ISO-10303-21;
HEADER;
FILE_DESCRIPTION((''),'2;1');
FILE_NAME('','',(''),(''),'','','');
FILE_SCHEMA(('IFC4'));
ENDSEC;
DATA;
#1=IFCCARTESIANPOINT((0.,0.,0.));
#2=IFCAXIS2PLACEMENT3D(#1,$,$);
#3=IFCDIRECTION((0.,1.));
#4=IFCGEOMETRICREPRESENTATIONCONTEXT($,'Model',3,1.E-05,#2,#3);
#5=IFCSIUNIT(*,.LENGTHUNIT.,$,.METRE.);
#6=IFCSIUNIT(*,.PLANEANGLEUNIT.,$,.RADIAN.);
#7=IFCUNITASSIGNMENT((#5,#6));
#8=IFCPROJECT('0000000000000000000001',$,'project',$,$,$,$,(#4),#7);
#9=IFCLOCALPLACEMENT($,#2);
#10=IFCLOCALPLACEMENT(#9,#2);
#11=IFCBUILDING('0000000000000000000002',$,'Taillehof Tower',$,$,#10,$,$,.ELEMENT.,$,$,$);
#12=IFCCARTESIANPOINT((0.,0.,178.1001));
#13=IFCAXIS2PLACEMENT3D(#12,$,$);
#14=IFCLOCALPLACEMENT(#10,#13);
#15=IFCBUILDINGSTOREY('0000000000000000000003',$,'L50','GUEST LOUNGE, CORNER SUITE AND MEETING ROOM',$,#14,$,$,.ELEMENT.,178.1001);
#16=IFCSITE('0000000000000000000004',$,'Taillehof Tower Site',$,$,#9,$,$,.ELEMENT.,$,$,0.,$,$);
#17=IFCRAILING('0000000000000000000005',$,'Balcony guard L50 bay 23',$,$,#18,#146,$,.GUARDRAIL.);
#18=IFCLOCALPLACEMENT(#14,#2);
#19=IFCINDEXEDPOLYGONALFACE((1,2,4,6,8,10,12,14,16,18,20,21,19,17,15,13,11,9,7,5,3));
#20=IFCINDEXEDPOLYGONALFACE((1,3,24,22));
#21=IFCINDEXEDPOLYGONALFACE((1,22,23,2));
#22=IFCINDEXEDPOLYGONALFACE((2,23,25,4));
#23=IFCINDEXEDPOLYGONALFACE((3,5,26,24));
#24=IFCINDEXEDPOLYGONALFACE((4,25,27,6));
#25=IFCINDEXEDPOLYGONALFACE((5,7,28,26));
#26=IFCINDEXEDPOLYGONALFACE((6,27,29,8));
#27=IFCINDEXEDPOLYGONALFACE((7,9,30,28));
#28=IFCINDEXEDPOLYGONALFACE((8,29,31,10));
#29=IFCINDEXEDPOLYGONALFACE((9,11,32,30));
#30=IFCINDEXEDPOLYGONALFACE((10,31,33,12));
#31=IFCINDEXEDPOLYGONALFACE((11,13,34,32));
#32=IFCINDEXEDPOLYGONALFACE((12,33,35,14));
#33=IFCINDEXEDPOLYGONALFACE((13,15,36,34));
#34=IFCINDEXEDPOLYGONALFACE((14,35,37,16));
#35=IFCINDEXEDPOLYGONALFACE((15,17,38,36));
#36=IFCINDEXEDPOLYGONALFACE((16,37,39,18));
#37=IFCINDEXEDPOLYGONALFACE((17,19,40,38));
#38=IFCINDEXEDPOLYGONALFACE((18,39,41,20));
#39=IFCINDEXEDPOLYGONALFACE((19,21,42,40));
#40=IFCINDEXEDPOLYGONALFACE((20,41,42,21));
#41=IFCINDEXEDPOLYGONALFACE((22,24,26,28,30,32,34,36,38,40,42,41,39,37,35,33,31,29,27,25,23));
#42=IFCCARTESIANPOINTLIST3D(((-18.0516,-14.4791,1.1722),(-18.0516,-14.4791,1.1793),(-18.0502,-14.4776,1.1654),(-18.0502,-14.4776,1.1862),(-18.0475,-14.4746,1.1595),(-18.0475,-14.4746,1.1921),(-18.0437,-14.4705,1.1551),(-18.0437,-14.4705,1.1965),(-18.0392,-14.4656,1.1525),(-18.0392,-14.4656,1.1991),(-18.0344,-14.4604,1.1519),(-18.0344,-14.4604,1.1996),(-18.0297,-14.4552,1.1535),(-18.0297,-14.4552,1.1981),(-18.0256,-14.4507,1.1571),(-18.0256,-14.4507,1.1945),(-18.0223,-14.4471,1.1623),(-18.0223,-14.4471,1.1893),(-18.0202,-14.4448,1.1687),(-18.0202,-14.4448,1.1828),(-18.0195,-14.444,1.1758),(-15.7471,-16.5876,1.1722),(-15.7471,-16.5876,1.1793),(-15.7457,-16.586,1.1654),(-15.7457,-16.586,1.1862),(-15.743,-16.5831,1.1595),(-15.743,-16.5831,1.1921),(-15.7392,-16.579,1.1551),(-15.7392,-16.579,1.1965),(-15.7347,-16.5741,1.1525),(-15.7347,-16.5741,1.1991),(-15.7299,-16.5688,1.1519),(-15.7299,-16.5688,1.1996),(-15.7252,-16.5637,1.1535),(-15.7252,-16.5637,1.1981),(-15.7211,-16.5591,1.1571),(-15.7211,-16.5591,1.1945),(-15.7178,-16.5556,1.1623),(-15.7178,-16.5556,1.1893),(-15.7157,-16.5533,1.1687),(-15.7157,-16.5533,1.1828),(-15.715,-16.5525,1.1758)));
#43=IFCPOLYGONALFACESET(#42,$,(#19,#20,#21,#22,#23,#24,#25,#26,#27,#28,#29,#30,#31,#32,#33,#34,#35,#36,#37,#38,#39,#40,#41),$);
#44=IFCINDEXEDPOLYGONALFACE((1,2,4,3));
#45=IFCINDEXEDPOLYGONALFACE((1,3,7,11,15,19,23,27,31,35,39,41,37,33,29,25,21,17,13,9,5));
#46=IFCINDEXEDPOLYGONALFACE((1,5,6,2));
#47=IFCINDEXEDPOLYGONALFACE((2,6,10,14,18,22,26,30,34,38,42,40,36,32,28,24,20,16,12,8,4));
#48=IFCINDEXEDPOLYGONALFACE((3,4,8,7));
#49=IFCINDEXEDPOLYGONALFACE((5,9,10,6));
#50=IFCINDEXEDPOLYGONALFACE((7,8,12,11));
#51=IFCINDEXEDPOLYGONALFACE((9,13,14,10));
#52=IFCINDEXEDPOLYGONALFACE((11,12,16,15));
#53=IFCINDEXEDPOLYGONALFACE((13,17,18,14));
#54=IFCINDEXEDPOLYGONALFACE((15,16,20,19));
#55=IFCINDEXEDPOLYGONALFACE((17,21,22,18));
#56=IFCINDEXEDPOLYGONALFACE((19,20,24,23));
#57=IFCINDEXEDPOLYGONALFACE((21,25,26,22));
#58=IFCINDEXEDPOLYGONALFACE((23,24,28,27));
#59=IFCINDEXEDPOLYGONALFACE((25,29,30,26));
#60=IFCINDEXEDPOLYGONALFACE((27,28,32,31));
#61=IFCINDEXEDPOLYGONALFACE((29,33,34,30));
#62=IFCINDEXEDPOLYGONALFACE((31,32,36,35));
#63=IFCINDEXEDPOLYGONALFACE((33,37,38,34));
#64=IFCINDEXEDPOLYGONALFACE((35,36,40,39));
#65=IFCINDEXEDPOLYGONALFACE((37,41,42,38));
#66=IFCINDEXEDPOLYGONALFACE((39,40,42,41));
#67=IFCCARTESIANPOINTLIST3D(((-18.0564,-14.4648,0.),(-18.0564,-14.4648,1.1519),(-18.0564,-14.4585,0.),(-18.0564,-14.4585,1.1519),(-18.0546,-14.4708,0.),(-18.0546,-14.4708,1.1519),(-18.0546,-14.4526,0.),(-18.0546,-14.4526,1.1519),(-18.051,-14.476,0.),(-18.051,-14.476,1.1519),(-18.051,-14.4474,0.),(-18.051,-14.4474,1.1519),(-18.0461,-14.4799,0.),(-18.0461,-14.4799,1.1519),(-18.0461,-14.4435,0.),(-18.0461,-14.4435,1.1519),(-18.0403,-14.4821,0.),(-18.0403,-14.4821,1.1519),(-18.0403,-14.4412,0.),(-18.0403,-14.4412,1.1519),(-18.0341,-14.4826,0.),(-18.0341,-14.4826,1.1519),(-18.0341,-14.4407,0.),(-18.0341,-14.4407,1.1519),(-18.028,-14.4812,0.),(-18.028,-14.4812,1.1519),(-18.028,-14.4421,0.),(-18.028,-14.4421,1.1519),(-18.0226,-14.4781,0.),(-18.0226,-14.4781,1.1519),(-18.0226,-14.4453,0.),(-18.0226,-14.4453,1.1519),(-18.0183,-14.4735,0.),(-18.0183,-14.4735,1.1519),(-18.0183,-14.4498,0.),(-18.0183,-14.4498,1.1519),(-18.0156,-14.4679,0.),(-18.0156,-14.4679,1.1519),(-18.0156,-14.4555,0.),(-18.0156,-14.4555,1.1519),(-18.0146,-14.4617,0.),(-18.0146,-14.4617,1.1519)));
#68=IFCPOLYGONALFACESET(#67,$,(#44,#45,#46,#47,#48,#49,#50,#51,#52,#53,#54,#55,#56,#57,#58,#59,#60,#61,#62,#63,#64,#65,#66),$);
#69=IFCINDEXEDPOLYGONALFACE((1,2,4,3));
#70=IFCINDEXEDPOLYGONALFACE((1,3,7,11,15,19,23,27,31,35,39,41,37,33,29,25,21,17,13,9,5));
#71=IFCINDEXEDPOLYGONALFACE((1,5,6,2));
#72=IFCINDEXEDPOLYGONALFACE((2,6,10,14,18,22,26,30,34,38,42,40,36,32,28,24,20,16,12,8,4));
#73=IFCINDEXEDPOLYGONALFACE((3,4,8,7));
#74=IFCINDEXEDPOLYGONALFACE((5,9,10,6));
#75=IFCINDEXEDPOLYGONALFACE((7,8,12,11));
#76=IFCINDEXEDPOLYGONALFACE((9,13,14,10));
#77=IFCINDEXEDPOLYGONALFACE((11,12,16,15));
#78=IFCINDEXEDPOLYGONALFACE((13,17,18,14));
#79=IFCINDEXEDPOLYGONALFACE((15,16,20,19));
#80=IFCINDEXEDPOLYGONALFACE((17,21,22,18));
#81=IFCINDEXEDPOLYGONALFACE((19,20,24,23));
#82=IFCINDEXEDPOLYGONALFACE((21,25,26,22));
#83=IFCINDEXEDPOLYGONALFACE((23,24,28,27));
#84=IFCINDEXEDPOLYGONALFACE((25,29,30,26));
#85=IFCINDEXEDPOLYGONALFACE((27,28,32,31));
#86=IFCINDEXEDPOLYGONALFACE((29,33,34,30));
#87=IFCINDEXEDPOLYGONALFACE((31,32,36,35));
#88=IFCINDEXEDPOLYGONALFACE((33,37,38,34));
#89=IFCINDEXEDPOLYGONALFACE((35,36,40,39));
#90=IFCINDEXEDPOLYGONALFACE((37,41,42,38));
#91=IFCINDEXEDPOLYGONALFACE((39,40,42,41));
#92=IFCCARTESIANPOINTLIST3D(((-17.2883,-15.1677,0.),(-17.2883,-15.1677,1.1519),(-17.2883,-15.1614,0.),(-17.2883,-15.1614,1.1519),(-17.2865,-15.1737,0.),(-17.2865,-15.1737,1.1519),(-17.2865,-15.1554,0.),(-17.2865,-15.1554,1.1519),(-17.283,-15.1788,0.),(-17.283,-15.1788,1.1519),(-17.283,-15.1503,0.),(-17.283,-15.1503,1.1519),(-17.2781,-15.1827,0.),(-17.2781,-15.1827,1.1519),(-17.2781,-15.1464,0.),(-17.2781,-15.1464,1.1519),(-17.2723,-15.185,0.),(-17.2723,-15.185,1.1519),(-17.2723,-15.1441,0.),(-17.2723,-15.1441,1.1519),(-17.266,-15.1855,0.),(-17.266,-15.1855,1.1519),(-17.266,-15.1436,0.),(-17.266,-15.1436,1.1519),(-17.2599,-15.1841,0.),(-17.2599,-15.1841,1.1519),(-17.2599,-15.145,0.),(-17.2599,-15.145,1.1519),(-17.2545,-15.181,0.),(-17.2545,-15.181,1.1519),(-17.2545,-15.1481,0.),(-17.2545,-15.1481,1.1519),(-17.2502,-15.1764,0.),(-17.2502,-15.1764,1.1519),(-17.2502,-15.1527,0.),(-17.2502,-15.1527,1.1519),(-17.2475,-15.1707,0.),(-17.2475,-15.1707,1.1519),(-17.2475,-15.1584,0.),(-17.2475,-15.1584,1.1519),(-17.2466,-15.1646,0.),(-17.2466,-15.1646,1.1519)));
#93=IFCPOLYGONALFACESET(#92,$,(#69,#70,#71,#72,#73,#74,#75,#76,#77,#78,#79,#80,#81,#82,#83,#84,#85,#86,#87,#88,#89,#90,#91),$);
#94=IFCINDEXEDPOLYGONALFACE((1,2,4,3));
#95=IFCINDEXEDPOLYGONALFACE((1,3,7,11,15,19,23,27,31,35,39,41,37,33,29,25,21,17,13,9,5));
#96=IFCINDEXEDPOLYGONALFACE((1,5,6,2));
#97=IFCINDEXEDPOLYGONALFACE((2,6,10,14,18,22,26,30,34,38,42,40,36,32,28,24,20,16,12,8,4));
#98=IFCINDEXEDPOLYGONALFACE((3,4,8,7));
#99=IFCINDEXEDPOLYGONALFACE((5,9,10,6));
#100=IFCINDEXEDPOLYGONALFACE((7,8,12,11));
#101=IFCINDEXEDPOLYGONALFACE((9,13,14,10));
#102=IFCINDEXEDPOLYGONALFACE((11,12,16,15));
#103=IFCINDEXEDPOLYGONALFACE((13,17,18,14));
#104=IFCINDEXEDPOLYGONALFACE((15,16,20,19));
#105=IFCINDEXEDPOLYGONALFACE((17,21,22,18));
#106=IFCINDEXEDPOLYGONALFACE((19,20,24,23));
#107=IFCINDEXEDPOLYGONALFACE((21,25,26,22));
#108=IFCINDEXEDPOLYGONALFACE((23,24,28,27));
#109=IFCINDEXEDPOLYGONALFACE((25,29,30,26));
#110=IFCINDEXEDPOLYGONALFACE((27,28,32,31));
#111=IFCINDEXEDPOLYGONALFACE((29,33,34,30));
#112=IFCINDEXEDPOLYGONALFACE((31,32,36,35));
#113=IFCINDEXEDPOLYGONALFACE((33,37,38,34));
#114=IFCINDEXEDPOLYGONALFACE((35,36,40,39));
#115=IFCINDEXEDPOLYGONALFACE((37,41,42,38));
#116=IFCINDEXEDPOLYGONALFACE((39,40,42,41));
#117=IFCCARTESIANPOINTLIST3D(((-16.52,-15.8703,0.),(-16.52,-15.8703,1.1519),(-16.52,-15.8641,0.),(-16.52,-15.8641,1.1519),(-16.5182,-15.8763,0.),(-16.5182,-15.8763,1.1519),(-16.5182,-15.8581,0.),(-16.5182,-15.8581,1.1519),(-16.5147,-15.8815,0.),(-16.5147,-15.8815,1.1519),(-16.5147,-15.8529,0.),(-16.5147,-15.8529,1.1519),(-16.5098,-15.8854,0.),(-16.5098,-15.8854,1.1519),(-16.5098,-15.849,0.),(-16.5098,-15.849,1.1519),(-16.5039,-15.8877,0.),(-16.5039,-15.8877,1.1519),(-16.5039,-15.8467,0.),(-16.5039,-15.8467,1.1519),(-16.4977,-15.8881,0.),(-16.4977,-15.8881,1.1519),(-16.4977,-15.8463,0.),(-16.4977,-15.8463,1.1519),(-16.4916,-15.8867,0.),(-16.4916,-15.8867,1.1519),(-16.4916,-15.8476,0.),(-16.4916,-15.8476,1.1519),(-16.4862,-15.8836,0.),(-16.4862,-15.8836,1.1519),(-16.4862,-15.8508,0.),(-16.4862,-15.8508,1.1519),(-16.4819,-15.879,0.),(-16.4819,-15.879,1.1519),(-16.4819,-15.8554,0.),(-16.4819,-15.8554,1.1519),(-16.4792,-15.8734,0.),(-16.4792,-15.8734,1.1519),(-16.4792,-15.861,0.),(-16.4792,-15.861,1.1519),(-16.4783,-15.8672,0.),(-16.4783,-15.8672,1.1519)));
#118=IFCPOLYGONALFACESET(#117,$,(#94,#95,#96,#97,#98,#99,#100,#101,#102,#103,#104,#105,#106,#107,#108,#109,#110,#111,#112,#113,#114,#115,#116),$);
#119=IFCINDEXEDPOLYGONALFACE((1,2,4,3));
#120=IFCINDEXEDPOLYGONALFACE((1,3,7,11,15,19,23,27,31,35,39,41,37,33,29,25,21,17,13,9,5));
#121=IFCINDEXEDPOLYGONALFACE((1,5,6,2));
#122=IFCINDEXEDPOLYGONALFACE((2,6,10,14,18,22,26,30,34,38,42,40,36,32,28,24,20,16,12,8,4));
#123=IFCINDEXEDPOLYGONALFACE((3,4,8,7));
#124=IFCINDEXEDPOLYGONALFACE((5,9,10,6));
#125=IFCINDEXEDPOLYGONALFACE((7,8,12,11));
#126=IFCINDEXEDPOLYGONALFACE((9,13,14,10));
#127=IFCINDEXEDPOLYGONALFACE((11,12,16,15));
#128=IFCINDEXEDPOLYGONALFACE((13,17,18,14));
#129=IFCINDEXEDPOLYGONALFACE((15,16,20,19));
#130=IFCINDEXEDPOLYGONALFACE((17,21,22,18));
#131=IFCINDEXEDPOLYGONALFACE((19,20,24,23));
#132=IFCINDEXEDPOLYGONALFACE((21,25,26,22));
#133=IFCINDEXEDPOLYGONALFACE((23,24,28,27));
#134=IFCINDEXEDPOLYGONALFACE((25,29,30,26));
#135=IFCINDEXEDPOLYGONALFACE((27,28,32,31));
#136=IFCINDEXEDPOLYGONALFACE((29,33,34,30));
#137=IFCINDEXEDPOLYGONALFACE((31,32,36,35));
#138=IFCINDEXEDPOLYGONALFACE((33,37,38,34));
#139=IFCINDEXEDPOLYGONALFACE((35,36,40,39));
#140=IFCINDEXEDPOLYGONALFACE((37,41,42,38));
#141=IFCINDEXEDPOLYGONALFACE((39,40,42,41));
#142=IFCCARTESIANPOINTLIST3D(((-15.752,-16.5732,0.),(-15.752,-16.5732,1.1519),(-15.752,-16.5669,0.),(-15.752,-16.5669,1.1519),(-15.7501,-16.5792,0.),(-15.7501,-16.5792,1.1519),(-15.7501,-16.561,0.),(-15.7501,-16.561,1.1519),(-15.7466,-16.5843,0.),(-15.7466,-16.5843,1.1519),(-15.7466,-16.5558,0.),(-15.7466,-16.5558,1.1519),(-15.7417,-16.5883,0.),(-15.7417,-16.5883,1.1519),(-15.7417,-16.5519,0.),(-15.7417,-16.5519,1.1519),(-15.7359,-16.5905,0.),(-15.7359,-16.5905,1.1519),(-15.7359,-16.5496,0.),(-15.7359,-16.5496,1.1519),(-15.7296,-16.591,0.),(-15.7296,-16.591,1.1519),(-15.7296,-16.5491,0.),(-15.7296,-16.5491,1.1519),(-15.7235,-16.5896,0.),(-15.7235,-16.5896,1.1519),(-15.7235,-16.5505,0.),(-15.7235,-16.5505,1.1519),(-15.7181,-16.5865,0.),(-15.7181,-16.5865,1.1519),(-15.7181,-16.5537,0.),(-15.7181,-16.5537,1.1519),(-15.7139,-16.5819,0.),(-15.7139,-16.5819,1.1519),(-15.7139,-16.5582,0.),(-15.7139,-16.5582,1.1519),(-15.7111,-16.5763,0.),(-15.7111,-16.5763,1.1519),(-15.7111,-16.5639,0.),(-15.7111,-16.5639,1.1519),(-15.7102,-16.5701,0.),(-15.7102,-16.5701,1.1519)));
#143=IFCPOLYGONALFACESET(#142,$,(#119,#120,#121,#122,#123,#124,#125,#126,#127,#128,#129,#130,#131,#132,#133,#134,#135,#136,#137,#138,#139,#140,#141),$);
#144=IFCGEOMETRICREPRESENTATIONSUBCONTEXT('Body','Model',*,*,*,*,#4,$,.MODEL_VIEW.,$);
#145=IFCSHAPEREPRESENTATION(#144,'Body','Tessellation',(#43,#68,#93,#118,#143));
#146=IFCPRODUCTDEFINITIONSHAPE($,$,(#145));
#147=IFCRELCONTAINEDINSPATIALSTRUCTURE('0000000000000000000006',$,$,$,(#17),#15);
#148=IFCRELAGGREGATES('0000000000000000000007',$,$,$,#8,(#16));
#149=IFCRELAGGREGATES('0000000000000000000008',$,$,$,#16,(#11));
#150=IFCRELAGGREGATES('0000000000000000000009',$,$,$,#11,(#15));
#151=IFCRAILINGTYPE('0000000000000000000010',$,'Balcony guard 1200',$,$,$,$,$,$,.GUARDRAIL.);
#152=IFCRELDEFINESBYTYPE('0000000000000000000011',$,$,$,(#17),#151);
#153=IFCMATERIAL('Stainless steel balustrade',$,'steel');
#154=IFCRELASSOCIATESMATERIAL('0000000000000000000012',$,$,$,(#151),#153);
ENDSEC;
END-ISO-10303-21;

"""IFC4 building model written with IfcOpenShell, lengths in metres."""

from ifc_helpers import new_model, si_unit, direction, frame, origin, origin_2d, place, context, subcontext, project, spatial, circle, extrude, material, type_object, element, save


model = new_model("IFC4")

# Units and contexts
model_context = context("Model", 3, precision=1e-05, world=origin(), true_north=direction((0.0, 1.0)))
body_context = subcontext(model_context, "Body", "Model", "MODEL_VIEW")
ifc_project = project(units=[si_unit("LENGTHUNIT", "METRE"), si_unit("PLANEANGLEUNIT", "RADIAN")], contexts=[model_context])

# Site, building, storey
site_placement = place(None, origin())
site = spatial("IfcSite", under=ifc_project, at=site_placement, Name="Taillehof Tower Site", CompositionType="ELEMENT", RefElevation=0.0)
building_placement = place(site_placement, origin())
building = spatial("IfcBuilding", under=site, at=building_placement, Name="Taillehof Tower", CompositionType="ELEMENT")
storey_placement = place(building_placement, frame((0.0, 0.0, 178.1001)))
storey = spatial("IfcBuildingStorey", under=building, at=storey_placement, Name="L50", Description="GUEST LOUNGE, CORNER SUITE AND MEETING ROOM", CompositionType="ELEMENT", Elevation=178.1001)

# Railing
ifc_material_1 = material(Name="Stainless steel balustrade", Category="steel")
railing_type = type_object("IfcRailingType", Name="Balcony guard 1200", PredefinedType="GUARDRAIL", material=ifc_material_1)
railing_1_placement = place(storey_placement, frame((-18.0356, -14.4617, 0.0)))
element("IfcRailing", 1, at=railing_1_placement, inside=storey, type_object=railing_type, Name="Balcony guard L50 bay 23", PredefinedType="GUARDRAIL", context=body_context, shape_type="SweptSolid", body=[
    extrude(circle(Radius=0.0239, at=origin_2d()), frame((0.0, 0.0, 1.1758), z_axis=(0.737793, -0.675027, 0.0), x_axis=(0.675027, 0.737793, 0.0)), (0.0, 0.0, 1.0), 3.1235),
    extrude(circle(Radius=0.021, at=origin_2d()), origin(), (0.0, 0.0, 1.0), 1.1519),
    extrude(circle(Radius=0.021, at=origin_2d()), frame((0.7681, -0.7029, 0.0)), (0.0, 0.0, 1.0), 1.1519),
    extrude(circle(Radius=0.021, at=origin_2d()), frame((1.5364, -1.4055, 0.0)), (0.0, 0.0, 1.0), 1.1519),
    extrude(circle(Radius=0.021, at=origin_2d()), frame((2.3044, -2.1084, 0.0)), (0.0, 0.0, 1.0), 1.1519),
])

save(model, "model.ifc")
